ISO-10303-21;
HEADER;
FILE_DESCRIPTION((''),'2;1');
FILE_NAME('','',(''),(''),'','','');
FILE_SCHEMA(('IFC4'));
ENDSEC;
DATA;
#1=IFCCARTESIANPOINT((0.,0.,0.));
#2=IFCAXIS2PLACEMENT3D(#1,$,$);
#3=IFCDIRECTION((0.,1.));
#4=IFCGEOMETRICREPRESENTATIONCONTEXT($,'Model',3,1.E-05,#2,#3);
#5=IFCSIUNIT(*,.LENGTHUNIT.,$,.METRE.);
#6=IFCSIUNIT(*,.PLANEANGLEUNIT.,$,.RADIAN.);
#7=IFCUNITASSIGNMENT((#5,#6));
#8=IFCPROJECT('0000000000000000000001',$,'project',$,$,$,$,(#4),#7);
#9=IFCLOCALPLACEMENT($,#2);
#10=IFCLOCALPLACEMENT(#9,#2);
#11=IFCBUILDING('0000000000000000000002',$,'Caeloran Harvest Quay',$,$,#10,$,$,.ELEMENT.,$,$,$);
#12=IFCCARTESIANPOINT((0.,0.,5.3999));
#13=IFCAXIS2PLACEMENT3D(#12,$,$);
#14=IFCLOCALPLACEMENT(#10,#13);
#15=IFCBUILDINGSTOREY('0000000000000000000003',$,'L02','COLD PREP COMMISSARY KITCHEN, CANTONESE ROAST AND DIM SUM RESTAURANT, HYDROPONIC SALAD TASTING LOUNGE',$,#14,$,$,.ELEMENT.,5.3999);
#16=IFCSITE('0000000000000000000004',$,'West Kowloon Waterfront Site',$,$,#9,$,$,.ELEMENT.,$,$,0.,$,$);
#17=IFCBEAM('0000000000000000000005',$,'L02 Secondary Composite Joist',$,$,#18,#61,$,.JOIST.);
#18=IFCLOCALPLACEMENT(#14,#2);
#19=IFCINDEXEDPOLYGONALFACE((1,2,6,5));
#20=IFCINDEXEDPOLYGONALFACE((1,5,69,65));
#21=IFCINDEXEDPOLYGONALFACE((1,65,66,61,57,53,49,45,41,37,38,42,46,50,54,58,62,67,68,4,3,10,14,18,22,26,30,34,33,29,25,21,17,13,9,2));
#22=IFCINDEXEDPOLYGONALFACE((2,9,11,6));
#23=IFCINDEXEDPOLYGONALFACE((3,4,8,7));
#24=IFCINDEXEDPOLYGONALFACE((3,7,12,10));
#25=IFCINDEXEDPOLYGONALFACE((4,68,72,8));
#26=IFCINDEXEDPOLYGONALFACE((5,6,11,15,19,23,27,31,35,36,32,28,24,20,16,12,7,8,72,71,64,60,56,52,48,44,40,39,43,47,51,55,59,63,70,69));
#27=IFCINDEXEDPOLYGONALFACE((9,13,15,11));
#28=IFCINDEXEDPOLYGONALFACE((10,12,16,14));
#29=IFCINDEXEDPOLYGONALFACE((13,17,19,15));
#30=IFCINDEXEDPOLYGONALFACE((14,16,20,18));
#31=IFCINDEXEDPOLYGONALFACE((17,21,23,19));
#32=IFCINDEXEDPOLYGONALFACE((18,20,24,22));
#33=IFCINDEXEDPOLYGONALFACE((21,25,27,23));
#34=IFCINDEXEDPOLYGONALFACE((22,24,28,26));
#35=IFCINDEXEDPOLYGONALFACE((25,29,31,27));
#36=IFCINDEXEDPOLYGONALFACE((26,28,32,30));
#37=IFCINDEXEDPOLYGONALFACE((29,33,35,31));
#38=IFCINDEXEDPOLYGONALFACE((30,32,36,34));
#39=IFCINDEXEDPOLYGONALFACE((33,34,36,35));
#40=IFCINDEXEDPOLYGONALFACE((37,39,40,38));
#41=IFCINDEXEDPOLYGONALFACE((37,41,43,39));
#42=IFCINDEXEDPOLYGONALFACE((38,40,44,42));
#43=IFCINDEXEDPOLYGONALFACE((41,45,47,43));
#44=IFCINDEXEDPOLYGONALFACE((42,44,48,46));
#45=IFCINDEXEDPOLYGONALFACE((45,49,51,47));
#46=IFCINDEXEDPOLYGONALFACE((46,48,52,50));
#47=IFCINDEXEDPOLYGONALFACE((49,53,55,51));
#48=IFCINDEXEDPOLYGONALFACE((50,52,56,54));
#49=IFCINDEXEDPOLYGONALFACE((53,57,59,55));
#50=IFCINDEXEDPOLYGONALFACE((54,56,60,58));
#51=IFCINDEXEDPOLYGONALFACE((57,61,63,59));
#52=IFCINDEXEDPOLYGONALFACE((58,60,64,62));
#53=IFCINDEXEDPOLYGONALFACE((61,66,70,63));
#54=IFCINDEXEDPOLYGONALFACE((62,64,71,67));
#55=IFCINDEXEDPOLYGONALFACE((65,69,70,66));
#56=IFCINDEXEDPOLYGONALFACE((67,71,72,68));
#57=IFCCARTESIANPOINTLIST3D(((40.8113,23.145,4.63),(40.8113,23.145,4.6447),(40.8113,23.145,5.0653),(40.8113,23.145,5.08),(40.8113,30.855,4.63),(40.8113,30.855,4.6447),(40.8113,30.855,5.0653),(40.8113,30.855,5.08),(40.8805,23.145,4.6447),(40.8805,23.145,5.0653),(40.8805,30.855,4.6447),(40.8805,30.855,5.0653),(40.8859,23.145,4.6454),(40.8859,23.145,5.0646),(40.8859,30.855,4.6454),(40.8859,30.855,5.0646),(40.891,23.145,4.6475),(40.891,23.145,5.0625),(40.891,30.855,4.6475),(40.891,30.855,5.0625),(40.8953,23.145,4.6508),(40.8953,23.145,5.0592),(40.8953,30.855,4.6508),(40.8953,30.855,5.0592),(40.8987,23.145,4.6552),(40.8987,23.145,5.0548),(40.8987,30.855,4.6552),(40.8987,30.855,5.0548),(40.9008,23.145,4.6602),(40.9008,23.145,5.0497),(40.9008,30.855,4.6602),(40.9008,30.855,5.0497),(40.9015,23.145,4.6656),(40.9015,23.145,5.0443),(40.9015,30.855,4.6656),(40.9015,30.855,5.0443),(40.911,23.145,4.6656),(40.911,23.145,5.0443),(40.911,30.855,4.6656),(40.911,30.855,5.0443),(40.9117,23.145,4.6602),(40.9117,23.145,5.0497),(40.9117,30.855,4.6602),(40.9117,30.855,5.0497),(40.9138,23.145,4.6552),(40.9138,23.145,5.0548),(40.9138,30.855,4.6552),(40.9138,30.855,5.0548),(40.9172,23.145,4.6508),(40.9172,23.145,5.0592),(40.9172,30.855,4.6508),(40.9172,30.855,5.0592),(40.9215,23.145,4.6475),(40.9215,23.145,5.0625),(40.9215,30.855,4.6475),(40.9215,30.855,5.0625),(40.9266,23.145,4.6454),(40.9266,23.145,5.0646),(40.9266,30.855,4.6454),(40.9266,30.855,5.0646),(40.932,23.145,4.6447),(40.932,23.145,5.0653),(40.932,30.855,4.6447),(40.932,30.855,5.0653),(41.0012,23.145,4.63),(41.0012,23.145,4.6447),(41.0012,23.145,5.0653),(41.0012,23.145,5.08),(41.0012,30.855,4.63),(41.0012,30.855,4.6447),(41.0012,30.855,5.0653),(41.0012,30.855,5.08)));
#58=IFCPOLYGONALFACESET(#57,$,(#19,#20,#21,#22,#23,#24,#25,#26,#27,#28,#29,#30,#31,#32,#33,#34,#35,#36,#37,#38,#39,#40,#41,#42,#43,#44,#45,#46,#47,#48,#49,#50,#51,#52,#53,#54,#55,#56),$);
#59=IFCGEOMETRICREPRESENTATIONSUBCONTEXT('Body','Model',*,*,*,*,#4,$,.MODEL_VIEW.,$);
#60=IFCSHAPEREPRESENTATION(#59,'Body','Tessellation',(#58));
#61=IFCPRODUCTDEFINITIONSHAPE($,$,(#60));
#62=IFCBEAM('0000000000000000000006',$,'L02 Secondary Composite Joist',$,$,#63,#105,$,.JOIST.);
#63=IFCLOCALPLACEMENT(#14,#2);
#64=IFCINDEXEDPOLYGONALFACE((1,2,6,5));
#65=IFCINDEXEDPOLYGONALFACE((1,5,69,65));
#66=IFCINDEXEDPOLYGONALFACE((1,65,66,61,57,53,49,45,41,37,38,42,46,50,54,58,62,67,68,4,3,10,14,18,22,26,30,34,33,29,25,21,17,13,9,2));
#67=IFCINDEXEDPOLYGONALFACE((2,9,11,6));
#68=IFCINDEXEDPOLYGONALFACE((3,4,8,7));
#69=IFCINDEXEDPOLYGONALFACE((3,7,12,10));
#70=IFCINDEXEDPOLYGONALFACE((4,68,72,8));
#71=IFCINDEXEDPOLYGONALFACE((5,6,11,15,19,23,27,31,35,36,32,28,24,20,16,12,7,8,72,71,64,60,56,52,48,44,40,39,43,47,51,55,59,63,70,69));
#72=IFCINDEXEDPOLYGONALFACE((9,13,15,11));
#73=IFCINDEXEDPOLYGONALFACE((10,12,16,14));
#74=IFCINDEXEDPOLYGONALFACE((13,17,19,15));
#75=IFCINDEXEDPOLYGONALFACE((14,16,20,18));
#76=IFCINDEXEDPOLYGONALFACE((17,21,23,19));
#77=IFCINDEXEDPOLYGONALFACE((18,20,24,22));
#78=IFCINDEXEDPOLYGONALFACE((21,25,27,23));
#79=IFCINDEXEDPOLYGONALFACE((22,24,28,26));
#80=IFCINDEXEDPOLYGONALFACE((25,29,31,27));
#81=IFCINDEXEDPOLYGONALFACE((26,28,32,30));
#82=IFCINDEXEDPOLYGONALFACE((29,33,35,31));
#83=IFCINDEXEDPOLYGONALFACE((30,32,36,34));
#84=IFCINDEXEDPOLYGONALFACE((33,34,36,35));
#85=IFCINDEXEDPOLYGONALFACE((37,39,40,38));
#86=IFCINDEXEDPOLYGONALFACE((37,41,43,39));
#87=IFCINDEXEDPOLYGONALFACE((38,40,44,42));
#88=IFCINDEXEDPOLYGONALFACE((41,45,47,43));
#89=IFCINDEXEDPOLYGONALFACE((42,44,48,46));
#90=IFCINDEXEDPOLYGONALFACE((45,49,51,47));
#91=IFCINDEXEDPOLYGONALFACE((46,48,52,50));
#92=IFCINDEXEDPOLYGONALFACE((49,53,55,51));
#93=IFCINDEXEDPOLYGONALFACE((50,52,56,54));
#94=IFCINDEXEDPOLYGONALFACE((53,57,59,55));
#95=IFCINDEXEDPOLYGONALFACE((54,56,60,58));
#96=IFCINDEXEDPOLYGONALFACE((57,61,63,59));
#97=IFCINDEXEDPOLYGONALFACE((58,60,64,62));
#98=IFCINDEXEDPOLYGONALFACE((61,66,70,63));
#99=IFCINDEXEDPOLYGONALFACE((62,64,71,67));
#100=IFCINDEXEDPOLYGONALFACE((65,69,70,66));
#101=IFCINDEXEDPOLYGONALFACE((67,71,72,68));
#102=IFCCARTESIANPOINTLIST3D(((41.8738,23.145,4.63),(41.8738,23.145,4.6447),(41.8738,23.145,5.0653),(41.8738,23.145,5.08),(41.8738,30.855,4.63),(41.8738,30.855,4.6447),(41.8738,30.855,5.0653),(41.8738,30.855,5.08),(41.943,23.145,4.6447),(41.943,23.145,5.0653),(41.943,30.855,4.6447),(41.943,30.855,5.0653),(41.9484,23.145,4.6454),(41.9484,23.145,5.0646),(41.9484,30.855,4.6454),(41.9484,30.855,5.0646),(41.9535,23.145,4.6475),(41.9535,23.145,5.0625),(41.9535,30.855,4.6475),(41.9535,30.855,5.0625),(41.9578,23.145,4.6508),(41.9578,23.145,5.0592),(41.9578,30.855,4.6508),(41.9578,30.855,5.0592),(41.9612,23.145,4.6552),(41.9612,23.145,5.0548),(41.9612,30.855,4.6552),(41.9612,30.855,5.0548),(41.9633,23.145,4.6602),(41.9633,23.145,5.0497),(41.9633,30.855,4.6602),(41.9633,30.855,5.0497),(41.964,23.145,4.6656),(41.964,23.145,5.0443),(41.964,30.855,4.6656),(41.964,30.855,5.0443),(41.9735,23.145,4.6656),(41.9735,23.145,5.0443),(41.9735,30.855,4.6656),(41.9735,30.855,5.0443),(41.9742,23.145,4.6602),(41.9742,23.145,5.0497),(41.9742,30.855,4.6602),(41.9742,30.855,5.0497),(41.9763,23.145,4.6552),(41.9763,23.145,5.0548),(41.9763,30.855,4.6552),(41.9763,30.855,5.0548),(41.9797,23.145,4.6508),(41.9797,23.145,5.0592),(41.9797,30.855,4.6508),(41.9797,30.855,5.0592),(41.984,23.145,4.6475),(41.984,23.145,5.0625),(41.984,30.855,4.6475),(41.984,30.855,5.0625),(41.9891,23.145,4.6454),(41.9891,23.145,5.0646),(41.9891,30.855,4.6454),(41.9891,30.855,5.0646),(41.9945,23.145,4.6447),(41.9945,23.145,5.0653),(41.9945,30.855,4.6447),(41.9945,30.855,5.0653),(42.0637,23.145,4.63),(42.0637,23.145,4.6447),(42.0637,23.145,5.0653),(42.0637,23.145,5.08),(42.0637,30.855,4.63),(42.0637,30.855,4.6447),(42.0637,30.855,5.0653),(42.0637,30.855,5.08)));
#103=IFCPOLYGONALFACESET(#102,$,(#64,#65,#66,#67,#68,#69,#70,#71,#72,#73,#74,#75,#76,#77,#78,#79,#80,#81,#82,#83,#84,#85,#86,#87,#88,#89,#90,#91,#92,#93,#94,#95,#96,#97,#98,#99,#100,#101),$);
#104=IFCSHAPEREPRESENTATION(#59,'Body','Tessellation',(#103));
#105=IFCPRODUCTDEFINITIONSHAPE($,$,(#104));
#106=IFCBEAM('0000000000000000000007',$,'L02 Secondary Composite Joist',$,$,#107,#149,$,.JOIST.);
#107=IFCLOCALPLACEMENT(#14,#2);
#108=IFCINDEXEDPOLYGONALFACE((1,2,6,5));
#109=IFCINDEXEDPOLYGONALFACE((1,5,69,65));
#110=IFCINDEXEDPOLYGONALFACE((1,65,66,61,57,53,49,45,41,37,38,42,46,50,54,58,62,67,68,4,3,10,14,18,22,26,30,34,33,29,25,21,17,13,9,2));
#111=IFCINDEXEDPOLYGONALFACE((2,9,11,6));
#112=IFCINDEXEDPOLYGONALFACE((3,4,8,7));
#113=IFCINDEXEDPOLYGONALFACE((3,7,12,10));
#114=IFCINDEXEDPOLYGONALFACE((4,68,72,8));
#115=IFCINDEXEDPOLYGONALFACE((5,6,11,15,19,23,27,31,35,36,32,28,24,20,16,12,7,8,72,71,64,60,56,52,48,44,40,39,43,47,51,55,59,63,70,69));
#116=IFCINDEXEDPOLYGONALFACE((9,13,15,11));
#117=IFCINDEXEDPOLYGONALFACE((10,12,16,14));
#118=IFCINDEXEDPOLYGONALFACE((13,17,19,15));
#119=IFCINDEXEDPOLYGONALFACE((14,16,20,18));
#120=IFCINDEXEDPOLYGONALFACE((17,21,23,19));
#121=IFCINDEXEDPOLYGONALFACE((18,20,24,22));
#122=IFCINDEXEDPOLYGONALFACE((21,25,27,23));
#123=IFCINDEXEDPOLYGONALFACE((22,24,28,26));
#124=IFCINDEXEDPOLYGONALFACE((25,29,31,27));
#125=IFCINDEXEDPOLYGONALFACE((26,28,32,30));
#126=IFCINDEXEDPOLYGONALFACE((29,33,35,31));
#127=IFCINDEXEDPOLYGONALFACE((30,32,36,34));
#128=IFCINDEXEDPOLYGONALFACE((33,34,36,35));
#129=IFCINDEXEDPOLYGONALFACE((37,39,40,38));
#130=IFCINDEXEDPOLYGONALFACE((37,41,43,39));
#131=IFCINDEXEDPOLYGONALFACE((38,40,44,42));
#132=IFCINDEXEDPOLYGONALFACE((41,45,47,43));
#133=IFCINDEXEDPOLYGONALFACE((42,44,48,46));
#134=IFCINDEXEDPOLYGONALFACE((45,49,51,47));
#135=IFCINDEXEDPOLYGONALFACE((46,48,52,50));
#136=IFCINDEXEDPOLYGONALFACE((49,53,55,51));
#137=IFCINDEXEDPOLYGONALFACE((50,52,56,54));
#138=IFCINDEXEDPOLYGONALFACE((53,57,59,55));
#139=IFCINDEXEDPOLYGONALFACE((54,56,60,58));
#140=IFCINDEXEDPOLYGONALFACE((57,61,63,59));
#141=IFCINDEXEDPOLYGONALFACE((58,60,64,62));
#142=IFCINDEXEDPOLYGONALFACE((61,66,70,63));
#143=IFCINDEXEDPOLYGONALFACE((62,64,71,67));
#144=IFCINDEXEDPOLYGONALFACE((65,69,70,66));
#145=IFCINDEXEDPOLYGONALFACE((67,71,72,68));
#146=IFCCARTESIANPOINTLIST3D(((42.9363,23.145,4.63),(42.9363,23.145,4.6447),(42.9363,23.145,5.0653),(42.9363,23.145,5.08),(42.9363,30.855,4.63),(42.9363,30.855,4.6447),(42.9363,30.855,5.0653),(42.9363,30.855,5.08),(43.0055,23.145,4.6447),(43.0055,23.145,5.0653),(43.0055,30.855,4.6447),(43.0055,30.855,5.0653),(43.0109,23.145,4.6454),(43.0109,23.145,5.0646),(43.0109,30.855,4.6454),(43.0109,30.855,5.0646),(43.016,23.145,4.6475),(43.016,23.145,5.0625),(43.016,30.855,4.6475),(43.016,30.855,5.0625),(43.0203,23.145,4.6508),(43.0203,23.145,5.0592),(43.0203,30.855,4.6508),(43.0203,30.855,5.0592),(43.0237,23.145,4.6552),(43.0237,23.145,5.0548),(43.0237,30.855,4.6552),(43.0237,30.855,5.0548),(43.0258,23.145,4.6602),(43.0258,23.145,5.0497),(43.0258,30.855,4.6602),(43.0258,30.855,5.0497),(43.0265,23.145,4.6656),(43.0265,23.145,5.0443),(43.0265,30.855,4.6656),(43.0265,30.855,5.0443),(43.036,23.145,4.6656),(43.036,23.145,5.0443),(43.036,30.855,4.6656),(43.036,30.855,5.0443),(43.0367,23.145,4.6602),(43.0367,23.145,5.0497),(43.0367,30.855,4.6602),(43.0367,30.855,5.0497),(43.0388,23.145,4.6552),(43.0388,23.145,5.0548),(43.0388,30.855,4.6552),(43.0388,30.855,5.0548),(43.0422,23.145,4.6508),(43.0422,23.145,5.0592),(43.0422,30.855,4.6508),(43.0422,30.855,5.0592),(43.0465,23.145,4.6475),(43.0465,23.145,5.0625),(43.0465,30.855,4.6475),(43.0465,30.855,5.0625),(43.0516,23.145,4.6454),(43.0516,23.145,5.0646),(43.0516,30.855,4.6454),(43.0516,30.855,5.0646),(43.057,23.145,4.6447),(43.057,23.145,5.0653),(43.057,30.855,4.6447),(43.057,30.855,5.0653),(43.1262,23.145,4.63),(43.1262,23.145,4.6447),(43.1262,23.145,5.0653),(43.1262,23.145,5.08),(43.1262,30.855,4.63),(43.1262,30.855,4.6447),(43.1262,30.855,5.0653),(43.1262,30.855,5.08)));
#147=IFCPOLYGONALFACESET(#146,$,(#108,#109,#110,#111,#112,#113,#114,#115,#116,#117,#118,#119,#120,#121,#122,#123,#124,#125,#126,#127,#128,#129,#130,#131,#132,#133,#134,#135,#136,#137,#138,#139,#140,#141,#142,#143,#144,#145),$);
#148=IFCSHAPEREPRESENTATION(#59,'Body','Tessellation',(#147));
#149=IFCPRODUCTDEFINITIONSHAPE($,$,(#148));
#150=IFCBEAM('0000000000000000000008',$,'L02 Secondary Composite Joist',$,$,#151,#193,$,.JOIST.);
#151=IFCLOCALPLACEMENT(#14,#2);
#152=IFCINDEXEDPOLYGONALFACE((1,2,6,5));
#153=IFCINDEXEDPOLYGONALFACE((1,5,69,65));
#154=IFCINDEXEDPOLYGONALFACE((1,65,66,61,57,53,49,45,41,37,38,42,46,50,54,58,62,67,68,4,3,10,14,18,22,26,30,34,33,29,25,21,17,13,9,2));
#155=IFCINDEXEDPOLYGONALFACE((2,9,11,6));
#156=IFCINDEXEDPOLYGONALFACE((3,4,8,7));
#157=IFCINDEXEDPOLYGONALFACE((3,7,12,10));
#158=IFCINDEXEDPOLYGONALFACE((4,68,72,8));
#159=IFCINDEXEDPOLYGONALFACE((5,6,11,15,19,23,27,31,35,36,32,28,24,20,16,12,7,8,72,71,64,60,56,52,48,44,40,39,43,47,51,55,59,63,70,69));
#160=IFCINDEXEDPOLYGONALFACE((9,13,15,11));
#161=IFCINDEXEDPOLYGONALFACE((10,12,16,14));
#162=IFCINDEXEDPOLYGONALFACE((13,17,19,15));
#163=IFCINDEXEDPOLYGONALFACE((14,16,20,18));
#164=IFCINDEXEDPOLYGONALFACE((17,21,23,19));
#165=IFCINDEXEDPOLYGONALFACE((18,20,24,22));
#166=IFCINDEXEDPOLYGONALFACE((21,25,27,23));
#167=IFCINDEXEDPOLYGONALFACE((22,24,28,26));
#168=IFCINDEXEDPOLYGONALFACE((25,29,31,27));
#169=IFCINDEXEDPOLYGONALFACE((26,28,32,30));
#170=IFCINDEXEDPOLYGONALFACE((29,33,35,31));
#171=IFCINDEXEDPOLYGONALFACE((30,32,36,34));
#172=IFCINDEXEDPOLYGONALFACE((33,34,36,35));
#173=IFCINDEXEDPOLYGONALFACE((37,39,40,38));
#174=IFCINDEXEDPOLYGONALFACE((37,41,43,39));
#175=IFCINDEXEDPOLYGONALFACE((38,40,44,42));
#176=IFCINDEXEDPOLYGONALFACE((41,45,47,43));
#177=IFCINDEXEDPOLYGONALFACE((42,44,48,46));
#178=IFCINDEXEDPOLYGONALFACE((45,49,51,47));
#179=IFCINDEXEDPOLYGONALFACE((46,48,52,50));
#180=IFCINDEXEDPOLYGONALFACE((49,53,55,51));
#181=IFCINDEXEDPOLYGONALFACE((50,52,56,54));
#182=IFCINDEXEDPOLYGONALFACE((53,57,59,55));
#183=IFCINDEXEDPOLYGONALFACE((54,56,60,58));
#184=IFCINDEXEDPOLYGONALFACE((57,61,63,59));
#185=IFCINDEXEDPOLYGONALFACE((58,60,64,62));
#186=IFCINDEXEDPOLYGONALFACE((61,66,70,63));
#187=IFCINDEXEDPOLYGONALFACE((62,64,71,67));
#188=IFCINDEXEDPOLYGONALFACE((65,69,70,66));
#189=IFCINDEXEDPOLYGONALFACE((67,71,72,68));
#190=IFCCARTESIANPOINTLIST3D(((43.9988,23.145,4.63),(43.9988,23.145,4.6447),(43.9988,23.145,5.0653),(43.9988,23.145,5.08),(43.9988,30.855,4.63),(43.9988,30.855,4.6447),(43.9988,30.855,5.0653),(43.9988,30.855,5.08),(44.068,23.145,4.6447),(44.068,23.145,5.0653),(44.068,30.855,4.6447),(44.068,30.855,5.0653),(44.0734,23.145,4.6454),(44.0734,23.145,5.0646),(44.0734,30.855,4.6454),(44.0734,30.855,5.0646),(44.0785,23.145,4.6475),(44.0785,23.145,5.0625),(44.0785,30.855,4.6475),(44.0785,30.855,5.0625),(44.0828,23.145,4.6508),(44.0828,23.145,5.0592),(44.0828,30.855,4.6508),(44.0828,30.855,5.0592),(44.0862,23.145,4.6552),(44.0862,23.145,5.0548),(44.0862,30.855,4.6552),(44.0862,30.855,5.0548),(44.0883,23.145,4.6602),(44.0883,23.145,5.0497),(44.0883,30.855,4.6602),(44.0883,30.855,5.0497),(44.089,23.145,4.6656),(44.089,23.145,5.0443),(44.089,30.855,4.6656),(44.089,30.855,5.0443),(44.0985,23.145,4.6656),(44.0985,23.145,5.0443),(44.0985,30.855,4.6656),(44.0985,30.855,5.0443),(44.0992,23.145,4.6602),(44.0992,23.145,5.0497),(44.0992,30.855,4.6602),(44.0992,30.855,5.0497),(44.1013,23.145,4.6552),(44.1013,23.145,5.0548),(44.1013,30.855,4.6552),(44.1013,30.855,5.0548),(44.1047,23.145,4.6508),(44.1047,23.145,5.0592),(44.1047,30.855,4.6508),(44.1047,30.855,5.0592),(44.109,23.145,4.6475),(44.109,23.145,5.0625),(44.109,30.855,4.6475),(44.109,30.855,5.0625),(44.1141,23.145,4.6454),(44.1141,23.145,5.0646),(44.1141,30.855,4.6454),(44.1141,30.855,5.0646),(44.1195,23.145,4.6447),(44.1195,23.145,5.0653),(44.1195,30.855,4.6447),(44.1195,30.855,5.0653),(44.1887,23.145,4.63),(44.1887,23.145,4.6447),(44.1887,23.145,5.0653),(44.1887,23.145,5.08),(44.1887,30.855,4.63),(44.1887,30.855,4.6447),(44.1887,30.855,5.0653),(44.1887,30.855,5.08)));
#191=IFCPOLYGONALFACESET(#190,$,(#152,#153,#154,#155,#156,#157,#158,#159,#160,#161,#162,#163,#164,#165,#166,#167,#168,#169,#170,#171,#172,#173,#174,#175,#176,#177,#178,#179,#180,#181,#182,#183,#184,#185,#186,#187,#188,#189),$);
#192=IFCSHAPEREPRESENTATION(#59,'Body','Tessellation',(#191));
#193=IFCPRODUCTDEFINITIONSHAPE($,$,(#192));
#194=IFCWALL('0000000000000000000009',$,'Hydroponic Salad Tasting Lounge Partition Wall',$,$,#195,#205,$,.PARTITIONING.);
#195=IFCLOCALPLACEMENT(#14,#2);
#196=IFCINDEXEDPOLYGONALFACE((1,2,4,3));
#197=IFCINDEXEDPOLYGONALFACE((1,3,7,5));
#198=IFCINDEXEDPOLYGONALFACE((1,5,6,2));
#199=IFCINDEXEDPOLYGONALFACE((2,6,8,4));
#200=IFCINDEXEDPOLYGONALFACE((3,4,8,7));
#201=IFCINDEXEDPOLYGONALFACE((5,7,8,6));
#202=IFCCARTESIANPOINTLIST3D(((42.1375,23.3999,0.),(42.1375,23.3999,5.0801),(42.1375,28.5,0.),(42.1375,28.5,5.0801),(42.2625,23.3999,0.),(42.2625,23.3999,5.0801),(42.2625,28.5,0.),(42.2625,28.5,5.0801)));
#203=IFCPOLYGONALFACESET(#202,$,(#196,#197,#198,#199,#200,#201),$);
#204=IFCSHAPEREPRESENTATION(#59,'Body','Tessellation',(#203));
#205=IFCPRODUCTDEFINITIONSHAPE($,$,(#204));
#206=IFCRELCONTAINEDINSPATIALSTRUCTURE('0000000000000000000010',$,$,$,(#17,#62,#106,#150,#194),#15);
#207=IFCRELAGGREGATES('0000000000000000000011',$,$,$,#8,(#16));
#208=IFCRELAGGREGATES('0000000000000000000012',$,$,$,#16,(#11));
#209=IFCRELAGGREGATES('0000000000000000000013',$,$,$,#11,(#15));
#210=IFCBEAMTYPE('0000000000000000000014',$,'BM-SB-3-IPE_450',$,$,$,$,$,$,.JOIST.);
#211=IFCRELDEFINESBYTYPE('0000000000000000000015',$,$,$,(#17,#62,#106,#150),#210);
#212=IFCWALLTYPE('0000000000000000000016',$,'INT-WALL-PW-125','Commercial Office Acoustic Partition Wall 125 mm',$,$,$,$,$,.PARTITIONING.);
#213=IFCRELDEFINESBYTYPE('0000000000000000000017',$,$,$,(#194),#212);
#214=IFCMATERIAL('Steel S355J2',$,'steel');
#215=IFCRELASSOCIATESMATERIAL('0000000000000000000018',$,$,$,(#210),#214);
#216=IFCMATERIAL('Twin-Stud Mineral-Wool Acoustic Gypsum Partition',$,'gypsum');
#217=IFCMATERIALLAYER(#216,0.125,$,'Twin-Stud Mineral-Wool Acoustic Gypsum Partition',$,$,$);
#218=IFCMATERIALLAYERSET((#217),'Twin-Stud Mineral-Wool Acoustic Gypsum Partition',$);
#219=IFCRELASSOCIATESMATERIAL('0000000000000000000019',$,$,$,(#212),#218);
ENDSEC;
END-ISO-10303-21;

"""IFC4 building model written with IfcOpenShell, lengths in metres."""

from ifc_helpers import new_model, si_unit, direction, frame, frame_2d, origin, origin_2d, place, context, subcontext, project, spatial, rectangle, i_section, extrude, material, layer, layer_set, material_profile, profile_set, type_object, element, save


model = new_model("IFC4")

# Units and contexts
model_context = context("Model", 3, precision=1e-05, world=origin(), true_north=direction((0.0, 1.0)))
body_context = subcontext(model_context, "Body", "Model", "MODEL_VIEW")
ifc_project = project(units=[si_unit("LENGTHUNIT", "METRE"), si_unit("PLANEANGLEUNIT", "RADIAN")], contexts=[model_context])

# Site, building, storey
site_placement = place(None, origin())
site = spatial("IfcSite", under=ifc_project, at=site_placement, Name="West Kowloon Waterfront Site", CompositionType="ELEMENT", RefElevation=0.0)
building_placement = place(site_placement, origin())
building = spatial("IfcBuilding", under=site, at=building_placement, Name="Caeloran Harvest Quay", CompositionType="ELEMENT")
storey_placement = place(building_placement, frame((0.0, 0.0, 5.3999)))
storey = spatial("IfcBuildingStorey", under=building, at=storey_placement, Name="L02", Description="COLD PREP COMMISSARY KITCHEN, CANTONESE ROAST AND DIM SUM RESTAURANT, HYDROPONIC SALAD TASTING LOUNGE", CompositionType="ELEMENT", Elevation=5.3999)

# Beams
ifc_material_1 = material(Name="Steel S355J2", Category="steel")
ifc_material_profile_1 = material_profile(ifc_material_1, i_section(OverallWidth=0.1899, OverallDepth=0.45, WebThickness=0.0095, FlangeThickness=0.0146, FilletRadius=0.021, at=origin_2d()), Name="IPE 450")
ifc_profile_set_1 = profile_set([ifc_material_profile_1], Name="Steel S355J2")
beam_type_1 = type_object("IfcBeamType", Name="BM-SB-3-IPE_450", PredefinedType="JOIST", material=ifc_profile_set_1)
for number, where, z_axis, x_axis, name in (
    (1, (40.9062, 23.145, 4.855), (0.0, 1.0, 0.0), (-1.0, 0.0, 0.0), "L02 Secondary Composite Joist"),
    (2, (41.9688, 23.145, 4.855), (0.0, 1.0, 0.0), (-1.0, 0.0, 0.0), "L02 Secondary Composite Joist"),
    (3, (43.0312, 23.145, 4.855), (0.0, 1.0, 0.0), (-1.0, 0.0, 0.0), "L02 Secondary Composite Joist"),
    (4, (44.0938, 23.145, 4.855), (0.0, 1.0, 0.0), (-1.0, 0.0, 0.0), "L02 Secondary Composite Joist"),
):
    element("IfcBeam", number, at=place(storey_placement, frame(where, z_axis=z_axis, x_axis=x_axis)), inside=storey, type_object=beam_type_1, Name=name, PredefinedType="JOIST", context=body_context, shape_type="SweptSolid", body=[
        extrude(i_section(OverallWidth=0.1899, OverallDepth=0.45, WebThickness=0.0095, FlangeThickness=0.0146, FilletRadius=0.021, at=origin_2d()), origin(), (0.0, 0.0, 1.0), 7.71),
    ])

# Wall
ifc_material_2 = material(Name="Twin-Stud Mineral-Wool Acoustic Gypsum Partition", Category="gypsum")
ifc_layer_1 = layer(ifc_material_2, 0.125, Name="Twin-Stud Mineral-Wool Acoustic Gypsum Partition")
ifc_layer_set_1 = layer_set([ifc_layer_1], Name="Twin-Stud Mineral-Wool Acoustic Gypsum Partition")
wall_type_1 = type_object("IfcWallType", Name="INT-WALL-PW-125", Description="Commercial Office Acoustic Partition Wall 125 mm", PredefinedType="PARTITIONING", material=ifc_layer_set_1)
wall_1_placement = place(storey_placement, frame((42.2, 28.5, 0.0), z_axis=(0.0, 0.0, 1.0), x_axis=(0.0, -1.0, 0.0)))
element("IfcWall", 5, at=wall_1_placement, inside=storey, type_object=wall_type_1, Name="Hydroponic Salad Tasting Lounge Partition Wall", PredefinedType="PARTITIONING", context=body_context, shape_type="SweptSolid", body=[
    extrude(rectangle(XDim=5.1001, YDim=0.125, at=frame_2d((2.55, 0.0))), origin(), (0.0, 0.0, 1.0), 5.0801),
])

save(model, "model.ifc")
